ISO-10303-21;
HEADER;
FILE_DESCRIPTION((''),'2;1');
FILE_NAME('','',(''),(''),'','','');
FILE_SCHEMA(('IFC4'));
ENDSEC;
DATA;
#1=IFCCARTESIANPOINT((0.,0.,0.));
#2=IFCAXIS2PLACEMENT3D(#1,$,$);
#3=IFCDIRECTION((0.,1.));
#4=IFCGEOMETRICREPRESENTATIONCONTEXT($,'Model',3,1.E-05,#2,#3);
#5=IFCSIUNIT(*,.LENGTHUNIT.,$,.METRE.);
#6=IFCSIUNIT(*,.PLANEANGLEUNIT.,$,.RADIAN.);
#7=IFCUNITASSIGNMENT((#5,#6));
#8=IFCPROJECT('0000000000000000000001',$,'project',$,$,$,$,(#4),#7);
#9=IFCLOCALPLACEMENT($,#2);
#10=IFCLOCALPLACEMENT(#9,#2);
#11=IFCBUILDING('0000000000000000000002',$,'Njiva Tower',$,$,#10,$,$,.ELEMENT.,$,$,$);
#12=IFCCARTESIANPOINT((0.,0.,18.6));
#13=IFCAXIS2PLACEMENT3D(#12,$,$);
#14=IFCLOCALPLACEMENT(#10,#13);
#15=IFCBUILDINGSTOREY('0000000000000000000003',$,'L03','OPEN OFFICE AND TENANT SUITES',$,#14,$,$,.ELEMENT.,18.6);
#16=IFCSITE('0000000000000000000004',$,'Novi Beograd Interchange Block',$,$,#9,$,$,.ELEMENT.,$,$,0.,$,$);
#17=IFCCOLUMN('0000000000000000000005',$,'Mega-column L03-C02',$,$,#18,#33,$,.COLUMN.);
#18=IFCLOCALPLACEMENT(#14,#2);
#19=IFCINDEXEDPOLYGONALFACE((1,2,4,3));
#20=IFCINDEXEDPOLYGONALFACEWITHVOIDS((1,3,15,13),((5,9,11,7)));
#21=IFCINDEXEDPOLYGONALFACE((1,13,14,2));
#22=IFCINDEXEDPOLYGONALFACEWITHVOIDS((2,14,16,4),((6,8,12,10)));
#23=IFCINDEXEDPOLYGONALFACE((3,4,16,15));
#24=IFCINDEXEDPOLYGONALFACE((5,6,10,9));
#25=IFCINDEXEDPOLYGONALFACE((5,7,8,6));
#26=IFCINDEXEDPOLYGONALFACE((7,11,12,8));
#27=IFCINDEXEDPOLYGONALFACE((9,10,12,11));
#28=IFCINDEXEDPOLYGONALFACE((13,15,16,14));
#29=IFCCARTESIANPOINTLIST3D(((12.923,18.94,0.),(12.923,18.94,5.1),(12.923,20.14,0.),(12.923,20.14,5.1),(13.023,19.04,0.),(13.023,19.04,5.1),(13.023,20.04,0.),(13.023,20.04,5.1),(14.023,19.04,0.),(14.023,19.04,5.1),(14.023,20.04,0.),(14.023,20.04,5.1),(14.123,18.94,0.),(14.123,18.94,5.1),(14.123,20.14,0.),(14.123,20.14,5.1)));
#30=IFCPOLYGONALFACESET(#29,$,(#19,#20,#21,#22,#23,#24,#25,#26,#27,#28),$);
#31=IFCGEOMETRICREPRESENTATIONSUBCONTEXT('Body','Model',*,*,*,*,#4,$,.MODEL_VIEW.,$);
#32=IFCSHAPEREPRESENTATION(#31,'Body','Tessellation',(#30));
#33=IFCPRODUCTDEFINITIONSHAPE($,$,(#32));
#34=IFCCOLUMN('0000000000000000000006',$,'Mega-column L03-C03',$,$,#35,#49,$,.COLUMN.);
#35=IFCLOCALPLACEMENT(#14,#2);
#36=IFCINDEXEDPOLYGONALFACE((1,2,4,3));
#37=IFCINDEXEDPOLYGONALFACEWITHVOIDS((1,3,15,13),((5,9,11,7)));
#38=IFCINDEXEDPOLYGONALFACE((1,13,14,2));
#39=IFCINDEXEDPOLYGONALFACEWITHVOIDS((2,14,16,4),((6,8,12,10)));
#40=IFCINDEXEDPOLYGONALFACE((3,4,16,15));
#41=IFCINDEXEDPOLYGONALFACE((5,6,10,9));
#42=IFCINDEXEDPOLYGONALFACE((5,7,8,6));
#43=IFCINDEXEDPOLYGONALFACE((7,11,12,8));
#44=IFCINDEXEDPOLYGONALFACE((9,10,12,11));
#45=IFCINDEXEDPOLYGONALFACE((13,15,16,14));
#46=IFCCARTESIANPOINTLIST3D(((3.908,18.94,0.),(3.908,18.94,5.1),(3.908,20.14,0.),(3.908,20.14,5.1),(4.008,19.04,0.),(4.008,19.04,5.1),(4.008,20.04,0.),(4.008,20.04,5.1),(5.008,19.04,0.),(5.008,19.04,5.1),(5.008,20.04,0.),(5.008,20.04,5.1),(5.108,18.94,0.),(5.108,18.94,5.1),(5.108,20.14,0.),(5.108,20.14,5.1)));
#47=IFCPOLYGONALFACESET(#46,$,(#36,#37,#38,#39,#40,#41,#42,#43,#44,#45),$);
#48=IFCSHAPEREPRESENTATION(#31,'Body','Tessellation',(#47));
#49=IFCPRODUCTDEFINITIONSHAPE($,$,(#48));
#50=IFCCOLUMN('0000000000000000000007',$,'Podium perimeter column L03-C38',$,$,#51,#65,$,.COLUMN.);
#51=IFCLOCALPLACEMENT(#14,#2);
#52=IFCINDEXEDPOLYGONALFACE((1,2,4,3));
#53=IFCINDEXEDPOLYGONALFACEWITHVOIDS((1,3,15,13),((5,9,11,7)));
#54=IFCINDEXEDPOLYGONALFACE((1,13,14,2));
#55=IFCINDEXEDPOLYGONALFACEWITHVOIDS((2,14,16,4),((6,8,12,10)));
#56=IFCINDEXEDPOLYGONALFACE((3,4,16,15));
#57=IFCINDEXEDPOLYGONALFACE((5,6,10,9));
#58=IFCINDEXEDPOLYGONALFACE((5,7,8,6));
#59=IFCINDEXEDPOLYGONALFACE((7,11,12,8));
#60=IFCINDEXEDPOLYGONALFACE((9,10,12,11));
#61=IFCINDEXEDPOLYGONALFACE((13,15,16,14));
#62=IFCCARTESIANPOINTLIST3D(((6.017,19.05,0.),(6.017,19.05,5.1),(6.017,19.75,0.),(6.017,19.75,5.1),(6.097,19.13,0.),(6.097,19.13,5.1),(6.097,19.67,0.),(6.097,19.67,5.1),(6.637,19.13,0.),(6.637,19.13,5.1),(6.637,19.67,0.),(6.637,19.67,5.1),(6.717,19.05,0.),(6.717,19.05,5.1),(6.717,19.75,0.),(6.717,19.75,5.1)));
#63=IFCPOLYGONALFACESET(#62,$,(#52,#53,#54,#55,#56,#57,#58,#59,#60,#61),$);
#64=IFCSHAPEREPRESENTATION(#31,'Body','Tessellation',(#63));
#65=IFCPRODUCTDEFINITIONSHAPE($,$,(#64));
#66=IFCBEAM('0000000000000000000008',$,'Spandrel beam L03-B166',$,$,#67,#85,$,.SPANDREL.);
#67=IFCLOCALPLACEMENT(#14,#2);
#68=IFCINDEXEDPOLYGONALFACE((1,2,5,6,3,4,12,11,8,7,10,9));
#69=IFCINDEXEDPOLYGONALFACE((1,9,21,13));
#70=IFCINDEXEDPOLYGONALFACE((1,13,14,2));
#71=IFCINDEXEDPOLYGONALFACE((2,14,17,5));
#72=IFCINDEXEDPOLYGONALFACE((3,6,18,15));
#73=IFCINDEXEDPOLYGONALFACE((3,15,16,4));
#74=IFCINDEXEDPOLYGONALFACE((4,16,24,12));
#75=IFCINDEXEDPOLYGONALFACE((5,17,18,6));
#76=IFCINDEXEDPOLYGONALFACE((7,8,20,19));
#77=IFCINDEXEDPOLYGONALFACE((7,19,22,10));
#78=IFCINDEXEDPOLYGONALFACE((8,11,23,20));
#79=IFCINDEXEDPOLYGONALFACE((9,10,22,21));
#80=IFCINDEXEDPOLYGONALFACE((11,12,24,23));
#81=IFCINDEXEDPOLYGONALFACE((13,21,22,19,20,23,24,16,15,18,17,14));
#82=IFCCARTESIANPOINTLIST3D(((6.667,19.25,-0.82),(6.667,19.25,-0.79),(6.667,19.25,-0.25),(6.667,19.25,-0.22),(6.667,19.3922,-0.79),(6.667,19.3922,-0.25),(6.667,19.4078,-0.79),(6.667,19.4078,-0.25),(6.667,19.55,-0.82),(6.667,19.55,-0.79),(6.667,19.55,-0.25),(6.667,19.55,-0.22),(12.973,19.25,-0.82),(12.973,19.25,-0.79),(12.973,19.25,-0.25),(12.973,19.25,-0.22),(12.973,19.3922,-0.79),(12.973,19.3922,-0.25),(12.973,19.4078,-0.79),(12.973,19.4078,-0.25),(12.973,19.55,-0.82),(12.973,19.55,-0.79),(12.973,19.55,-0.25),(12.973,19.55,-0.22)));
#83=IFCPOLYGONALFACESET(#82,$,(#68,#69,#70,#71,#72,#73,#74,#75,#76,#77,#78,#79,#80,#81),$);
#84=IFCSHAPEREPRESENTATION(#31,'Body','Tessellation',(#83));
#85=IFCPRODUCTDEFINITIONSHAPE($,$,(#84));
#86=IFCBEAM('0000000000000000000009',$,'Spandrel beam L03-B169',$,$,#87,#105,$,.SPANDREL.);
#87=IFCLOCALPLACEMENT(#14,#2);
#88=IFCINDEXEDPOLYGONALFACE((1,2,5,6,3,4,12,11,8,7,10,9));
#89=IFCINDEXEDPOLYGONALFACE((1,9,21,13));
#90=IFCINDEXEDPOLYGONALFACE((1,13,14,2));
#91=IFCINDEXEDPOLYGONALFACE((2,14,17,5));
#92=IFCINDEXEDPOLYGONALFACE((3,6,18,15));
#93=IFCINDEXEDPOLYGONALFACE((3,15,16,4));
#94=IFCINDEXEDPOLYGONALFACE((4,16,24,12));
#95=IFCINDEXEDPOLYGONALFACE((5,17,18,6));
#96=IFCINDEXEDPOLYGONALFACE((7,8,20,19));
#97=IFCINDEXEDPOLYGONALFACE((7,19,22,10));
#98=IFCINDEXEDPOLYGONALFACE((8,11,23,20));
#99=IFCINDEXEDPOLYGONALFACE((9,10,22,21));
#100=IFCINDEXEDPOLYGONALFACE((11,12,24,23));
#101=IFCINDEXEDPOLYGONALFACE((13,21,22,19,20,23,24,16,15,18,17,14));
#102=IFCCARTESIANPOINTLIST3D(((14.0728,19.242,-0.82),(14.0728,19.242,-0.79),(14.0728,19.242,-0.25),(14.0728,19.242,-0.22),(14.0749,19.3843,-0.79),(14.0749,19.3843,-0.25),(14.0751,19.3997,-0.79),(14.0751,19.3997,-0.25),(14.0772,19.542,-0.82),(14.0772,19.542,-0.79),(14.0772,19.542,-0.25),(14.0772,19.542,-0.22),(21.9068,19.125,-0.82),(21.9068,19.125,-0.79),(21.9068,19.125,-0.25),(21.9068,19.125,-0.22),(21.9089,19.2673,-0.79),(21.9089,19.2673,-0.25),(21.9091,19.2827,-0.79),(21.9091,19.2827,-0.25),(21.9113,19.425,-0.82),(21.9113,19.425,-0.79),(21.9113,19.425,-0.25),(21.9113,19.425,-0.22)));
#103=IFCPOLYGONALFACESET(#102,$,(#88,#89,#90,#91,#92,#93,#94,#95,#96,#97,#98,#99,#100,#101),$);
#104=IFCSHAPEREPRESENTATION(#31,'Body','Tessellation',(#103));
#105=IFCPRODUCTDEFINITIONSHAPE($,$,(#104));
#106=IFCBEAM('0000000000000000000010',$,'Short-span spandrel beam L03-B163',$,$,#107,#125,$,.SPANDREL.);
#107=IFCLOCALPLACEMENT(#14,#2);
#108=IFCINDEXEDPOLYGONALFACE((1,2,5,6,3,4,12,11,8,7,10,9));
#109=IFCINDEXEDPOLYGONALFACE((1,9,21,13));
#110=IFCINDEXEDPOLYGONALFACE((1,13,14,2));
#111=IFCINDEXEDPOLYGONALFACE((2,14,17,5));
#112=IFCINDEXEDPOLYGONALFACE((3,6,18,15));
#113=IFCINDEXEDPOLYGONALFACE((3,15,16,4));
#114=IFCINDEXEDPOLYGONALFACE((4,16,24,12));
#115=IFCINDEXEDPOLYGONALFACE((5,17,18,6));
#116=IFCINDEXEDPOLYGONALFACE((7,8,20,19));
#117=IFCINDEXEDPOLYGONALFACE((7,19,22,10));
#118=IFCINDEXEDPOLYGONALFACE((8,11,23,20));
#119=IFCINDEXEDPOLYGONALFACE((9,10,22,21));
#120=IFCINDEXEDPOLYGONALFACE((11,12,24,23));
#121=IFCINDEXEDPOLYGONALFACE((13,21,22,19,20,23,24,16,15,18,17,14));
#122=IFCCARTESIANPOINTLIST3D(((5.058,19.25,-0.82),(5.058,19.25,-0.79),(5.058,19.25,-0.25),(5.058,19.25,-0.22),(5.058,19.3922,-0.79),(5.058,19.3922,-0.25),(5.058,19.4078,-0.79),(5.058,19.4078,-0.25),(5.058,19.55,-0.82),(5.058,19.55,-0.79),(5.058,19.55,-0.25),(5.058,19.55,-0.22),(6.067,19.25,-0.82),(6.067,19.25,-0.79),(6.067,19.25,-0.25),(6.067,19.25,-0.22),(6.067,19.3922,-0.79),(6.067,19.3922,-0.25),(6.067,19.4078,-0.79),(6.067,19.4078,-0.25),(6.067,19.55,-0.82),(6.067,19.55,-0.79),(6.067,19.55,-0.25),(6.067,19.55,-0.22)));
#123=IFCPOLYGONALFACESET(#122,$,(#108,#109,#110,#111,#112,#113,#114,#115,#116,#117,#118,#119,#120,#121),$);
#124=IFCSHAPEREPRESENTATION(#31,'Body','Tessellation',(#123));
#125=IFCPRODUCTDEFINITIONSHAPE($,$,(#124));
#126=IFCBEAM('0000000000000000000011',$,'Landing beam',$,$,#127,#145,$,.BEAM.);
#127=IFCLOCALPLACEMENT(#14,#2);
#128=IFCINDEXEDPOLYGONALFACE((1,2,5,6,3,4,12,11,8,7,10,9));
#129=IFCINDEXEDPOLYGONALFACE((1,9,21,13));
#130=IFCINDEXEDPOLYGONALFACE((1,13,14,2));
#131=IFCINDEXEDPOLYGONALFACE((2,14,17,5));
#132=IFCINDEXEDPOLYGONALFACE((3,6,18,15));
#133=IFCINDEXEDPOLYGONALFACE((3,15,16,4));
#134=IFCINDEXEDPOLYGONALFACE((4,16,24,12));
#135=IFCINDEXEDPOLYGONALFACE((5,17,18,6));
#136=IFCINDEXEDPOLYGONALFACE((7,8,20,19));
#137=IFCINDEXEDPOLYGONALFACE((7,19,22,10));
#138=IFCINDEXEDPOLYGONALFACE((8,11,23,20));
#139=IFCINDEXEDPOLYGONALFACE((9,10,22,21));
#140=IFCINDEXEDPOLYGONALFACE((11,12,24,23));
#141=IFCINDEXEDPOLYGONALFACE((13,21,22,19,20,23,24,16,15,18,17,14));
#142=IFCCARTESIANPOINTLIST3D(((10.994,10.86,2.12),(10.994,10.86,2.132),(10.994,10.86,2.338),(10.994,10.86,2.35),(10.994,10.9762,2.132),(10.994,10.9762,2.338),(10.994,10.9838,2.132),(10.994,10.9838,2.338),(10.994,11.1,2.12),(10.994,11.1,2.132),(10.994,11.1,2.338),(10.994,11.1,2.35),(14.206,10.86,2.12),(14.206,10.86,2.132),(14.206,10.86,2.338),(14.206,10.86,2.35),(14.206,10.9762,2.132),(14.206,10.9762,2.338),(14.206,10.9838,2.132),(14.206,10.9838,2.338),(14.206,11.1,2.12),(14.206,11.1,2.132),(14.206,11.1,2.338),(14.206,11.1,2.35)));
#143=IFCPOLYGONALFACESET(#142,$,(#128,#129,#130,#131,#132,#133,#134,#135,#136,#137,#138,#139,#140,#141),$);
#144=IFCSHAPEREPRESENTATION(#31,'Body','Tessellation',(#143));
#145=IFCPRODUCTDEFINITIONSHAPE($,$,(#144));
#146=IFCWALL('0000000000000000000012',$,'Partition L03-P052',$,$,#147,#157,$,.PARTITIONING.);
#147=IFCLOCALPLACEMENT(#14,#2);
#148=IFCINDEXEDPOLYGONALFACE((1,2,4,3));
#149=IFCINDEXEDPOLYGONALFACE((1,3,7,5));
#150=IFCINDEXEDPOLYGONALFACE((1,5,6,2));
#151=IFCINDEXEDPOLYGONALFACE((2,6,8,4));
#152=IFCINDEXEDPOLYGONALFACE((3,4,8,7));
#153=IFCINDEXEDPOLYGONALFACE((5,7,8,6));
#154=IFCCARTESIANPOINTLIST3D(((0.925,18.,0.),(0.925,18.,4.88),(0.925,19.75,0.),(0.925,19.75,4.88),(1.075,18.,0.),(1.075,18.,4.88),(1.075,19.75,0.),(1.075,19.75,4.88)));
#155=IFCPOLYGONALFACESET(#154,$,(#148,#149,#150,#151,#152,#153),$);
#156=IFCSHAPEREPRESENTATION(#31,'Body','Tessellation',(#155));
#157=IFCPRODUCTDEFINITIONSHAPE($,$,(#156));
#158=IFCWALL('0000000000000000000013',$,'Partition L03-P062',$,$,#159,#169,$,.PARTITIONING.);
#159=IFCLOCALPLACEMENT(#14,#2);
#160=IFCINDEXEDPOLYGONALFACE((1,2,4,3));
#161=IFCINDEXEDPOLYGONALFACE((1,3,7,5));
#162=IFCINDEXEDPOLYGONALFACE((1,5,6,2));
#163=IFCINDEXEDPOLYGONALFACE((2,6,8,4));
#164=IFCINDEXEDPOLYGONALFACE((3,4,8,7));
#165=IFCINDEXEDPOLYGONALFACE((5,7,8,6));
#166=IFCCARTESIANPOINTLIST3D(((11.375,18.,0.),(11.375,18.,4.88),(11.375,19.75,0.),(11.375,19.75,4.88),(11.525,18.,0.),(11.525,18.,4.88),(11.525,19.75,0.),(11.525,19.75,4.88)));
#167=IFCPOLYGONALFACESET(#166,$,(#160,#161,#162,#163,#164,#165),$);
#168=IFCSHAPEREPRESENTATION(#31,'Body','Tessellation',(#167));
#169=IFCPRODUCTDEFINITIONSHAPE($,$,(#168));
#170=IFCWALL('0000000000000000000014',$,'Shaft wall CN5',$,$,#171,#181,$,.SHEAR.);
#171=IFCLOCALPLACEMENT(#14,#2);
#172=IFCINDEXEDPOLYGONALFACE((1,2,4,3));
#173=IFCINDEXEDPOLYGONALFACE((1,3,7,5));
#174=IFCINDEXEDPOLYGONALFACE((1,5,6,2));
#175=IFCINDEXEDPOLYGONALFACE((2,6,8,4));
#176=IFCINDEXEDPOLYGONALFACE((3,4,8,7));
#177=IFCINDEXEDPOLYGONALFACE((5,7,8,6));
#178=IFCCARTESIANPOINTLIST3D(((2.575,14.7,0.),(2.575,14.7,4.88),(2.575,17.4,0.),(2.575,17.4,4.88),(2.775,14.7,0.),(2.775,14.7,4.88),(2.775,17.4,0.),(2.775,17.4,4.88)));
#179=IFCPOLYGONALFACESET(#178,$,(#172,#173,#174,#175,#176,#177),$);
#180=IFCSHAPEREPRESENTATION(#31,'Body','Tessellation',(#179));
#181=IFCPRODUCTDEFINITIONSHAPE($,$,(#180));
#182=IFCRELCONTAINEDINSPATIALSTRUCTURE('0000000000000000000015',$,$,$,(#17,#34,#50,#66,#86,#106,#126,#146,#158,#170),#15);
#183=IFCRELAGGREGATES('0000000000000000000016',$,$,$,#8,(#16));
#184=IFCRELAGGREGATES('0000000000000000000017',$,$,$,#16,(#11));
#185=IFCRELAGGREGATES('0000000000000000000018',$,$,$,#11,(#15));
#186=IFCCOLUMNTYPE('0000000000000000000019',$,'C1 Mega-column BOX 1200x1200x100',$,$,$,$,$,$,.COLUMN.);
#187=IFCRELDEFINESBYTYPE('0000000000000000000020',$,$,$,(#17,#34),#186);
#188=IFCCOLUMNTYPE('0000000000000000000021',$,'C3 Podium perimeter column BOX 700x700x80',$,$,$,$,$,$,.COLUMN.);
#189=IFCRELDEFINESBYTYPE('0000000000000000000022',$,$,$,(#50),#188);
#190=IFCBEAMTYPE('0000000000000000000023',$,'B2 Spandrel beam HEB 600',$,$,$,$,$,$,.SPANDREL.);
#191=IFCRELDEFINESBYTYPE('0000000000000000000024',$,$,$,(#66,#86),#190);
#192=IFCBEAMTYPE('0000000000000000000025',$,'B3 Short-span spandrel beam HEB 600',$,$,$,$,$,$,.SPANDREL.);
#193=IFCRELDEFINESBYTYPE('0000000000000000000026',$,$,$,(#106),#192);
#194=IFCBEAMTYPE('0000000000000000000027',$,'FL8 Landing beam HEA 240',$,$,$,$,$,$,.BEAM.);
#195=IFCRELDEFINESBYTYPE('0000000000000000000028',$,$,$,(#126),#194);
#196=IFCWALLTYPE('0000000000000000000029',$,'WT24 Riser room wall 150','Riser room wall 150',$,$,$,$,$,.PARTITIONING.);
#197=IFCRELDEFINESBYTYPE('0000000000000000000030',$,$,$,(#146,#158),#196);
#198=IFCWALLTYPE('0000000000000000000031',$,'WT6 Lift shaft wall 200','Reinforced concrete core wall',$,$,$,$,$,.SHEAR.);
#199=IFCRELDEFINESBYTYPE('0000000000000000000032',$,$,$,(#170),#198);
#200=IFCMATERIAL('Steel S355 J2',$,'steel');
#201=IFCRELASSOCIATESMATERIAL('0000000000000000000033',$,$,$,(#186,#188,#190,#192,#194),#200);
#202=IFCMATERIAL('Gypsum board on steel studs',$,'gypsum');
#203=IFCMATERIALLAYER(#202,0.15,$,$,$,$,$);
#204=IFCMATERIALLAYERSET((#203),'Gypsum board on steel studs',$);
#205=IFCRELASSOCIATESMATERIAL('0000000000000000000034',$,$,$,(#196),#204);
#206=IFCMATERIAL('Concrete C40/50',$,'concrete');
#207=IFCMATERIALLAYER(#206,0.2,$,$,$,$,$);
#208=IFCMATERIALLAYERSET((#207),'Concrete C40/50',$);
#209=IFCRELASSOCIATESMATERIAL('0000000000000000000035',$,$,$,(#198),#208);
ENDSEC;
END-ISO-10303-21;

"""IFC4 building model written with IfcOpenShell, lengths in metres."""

from ifc_helpers import new_model, si_unit, direction, frame, frame_2d, origin, origin_2d, place, context, subcontext, project, spatial, rectangle, hollow_rectangle, i_section, extrude, material, layer, layer_set, material_profile, profile_set, type_object, element, save


model = new_model("IFC4")

# Units and contexts
model_context = context("Model", 3, precision=1e-05, world=origin(), true_north=direction((0.0, 1.0)))
body_context = subcontext(model_context, "Body", "Model", "MODEL_VIEW")
ifc_project = project(units=[si_unit("LENGTHUNIT", "METRE"), si_unit("PLANEANGLEUNIT", "RADIAN")], contexts=[model_context])

# Site, building, storey
site_placement = place(None, origin())
site = spatial("IfcSite", under=ifc_project, at=site_placement, Name="Novi Beograd Interchange Block", CompositionType="ELEMENT", RefElevation=0.0)
building_placement = place(site_placement, origin())
building = spatial("IfcBuilding", under=site, at=building_placement, Name="Njiva Tower", CompositionType="ELEMENT")
storey_placement = place(building_placement, frame((0.0, 0.0, 18.6)))
storey = spatial("IfcBuildingStorey", under=building, at=storey_placement, Name="L03", Description="OPEN OFFICE AND TENANT SUITES", CompositionType="ELEMENT", Elevation=18.6)

# Columns
ifc_material_1 = material(Name="Steel S355 J2", Category="steel")
ifc_material_profile_1 = material_profile(ifc_material_1, hollow_rectangle(XDim=1.2, YDim=1.2, WallThickness=0.1, at=origin_2d()), Name="BOX 1200x1200x100")
ifc_profile_set_1 = profile_set([ifc_material_profile_1], Name="Steel S355 J2")
column_type_1 = type_object("IfcColumnType", Name="C1 Mega-column BOX 1200x1200x100", PredefinedType="COLUMN", material=ifc_profile_set_1)
for number, where, z_axis, x_axis, name in (
    (1, (13.523, 19.54, 0.0), (0.0, 0.0, 1.0), (-1.0, 0.0, 0.0), "Mega-column L03-C02"),
    (2, (4.508, 19.54, 0.0), (0.0, 0.0, 1.0), (-1.0, 0.0, 0.0), "Mega-column L03-C03"),
):
    element("IfcColumn", number, at=place(storey_placement, frame(where, z_axis=z_axis, x_axis=x_axis)), inside=storey, type_object=column_type_1, Name=name, PredefinedType="COLUMN", context=body_context, shape_type="SweptSolid", body=[
        extrude(hollow_rectangle(XDim=1.2, YDim=1.2, WallThickness=0.1, at=origin_2d()), origin(), (0.0, 0.0, 1.0), 5.1),
    ])
ifc_material_profile_2 = material_profile(ifc_material_1, hollow_rectangle(XDim=0.7, YDim=0.7, WallThickness=0.08, at=origin_2d()), Name="BOX 700x700x80")
ifc_profile_set_2 = profile_set([ifc_material_profile_2], Name="Steel S355 J2")
column_type_2 = type_object("IfcColumnType", Name="C3 Podium perimeter column BOX 700x700x80", PredefinedType="COLUMN", material=ifc_profile_set_2)
column_placement = place(storey_placement, frame((6.367, 19.4, 0.0), z_axis=(0.0, 0.0, 1.0), x_axis=(-1.0, 0.0, 0.0)))
element("IfcColumn", 3, at=column_placement, inside=storey, type_object=column_type_2, Name="Podium perimeter column L03-C38", PredefinedType="COLUMN", context=body_context, shape_type="SweptSolid", body=[
    extrude(hollow_rectangle(XDim=0.7, YDim=0.7, WallThickness=0.08, at=origin_2d()), origin(), (0.0, 0.0, 1.0), 5.1),
])

# Beams
ifc_material_profile_3 = material_profile(ifc_material_1, i_section(OverallWidth=0.3, OverallDepth=0.6, WebThickness=0.0155, FlangeThickness=0.03, at=origin_2d()), Name="HEB 600")
ifc_profile_set_3 = profile_set([ifc_material_profile_3], Name="Steel S355 J2")
beam_type_1 = type_object("IfcBeamType", Name="B2 Spandrel beam HEB 600", PredefinedType="SPANDREL", material=ifc_profile_set_3)
beam_1_placement = place(storey_placement, frame((6.667, 19.4, -0.52), z_axis=(1.0, 0.0, 0.0), x_axis=(0.0, 1.0, 0.0)))
element("IfcBeam", 4, at=beam_1_placement, inside=storey, type_object=beam_type_1, Name="Spandrel beam L03-B166", PredefinedType="SPANDREL", context=body_context, shape_type="SweptSolid", body=[
    extrude(i_section(OverallWidth=0.3, OverallDepth=0.6, WebThickness=0.0155, FlangeThickness=0.03, at=origin_2d()), origin(), (0.0, 0.0, 1.0), 6.306),
])
beam_2_placement = place(storey_placement, frame((14.075, 19.392, -0.52), z_axis=(0.999888, -0.014933, 0.0), x_axis=(0.014933, 0.999888, 0.0)))
element("IfcBeam", 5, at=beam_2_placement, inside=storey, type_object=beam_type_1, Name="Spandrel beam L03-B169", PredefinedType="SPANDREL", context=body_context, shape_type="SweptSolid", body=[
    extrude(i_section(OverallWidth=0.3, OverallDepth=0.6, WebThickness=0.0155, FlangeThickness=0.03, at=origin_2d()), origin(), (0.0, 0.0, 1.0), 7.8349),
])
ifc_material_profile_4 = material_profile(ifc_material_1, i_section(OverallWidth=0.3, OverallDepth=0.6, WebThickness=0.0155, FlangeThickness=0.03, at=origin_2d()), Name="HEB 600")
ifc_profile_set_4 = profile_set([ifc_material_profile_4], Name="Steel S355 J2")
beam_type_2 = type_object("IfcBeamType", Name="B3 Short-span spandrel beam HEB 600", PredefinedType="SPANDREL", material=ifc_profile_set_4)
beam_3_placement = place(storey_placement, frame((5.058, 19.4, -0.52), z_axis=(1.0, 0.0, 0.0), x_axis=(0.0, 1.0, 0.0)))
element("IfcBeam", 6, at=beam_3_placement, inside=storey, type_object=beam_type_2, Name="Short-span spandrel beam L03-B163", PredefinedType="SPANDREL", context=body_context, shape_type="SweptSolid", body=[
    extrude(i_section(OverallWidth=0.3, OverallDepth=0.6, WebThickness=0.0155, FlangeThickness=0.03, at=origin_2d()), origin(), (0.0, 0.0, 1.0), 1.009),
])
ifc_material_profile_5 = material_profile(ifc_material_1, i_section(OverallWidth=0.24, OverallDepth=0.23, WebThickness=0.0075, FlangeThickness=0.012, at=origin_2d()), Name="HEA240")
ifc_profile_set_5 = profile_set([ifc_material_profile_5], Name="Steel S355 J2")
beam_type_3 = type_object("IfcBeamType", Name="FL8 Landing beam HEA 240", PredefinedType="BEAM", material=ifc_profile_set_5)
beam_4_placement = place(storey_placement, frame((10.994, 10.98, 2.235), z_axis=(1.0, 0.0, 0.0), x_axis=(0.0, 1.0, 0.0)))
element("IfcBeam", 7, at=beam_4_placement, inside=storey, type_object=beam_type_3, Name="Landing beam", PredefinedType="BEAM", context=body_context, shape_type="SweptSolid", body=[
    extrude(i_section(OverallWidth=0.24, OverallDepth=0.23, WebThickness=0.0075, FlangeThickness=0.012, at=origin_2d()), origin(), (0.0, 0.0, 1.0), 3.212),
])

# Walls
ifc_material_2 = material(Name="Gypsum board on steel studs", Category="gypsum")
ifc_layer_1 = layer(ifc_material_2, 0.15)
ifc_layer_set_1 = layer_set([ifc_layer_1], Name="Gypsum board on steel studs")
wall_type_1 = type_object("IfcWallType", Name="WT24 Riser room wall 150", Description="Riser room wall 150", PredefinedType="PARTITIONING", material=ifc_layer_set_1)
for number, where, z_axis, x_axis, name in (
    (8, (1.0, 18.0, 0.0), (0.0, 0.0, 1.0), (0.0, 1.0, 0.0), "Partition L03-P052"),
    (9, (11.45, 18.0, 0.0), (0.0, 0.0, 1.0), (0.0, 1.0, 0.0), "Partition L03-P062"),
):
    element("IfcWall", number, at=place(storey_placement, frame(where, z_axis=z_axis, x_axis=x_axis)), inside=storey, type_object=wall_type_1, Name=name, PredefinedType="PARTITIONING", context=body_context, shape_type="SweptSolid", body=[
        extrude(rectangle(XDim=1.75, YDim=0.15, at=frame_2d((0.875, 0.0))), origin(), (0.0, 0.0, 1.0), 4.88),
    ])
ifc_material_3 = material(Name="Concrete C40/50", Category="concrete")
ifc_layer_2 = layer(ifc_material_3, 0.2)
ifc_layer_set_2 = layer_set([ifc_layer_2], Name="Concrete C40/50")
wall_type_2 = type_object("IfcWallType", Name="WT6 Lift shaft wall 200", Description="Reinforced concrete core wall", PredefinedType="SHEAR", material=ifc_layer_set_2)
for number, where, z_axis, x_axis, name in (
    (10, (2.675, 14.7, 0.0), (0.0, 0.0, 1.0), (0.0, 1.0, 0.0), "Shaft wall CN5"),
):
    element("IfcWall", number, at=place(storey_placement, frame(where, z_axis=z_axis, x_axis=x_axis)), inside=storey, type_object=wall_type_2, Name=name, PredefinedType="SHEAR", context=body_context, shape_type="SweptSolid", body=[
        extrude(rectangle(XDim=2.7, YDim=0.2, at=frame_2d((1.35, 0.0))), origin(), (0.0, 0.0, 1.0), 4.88),
    ])

save(model, "model.ifc")
